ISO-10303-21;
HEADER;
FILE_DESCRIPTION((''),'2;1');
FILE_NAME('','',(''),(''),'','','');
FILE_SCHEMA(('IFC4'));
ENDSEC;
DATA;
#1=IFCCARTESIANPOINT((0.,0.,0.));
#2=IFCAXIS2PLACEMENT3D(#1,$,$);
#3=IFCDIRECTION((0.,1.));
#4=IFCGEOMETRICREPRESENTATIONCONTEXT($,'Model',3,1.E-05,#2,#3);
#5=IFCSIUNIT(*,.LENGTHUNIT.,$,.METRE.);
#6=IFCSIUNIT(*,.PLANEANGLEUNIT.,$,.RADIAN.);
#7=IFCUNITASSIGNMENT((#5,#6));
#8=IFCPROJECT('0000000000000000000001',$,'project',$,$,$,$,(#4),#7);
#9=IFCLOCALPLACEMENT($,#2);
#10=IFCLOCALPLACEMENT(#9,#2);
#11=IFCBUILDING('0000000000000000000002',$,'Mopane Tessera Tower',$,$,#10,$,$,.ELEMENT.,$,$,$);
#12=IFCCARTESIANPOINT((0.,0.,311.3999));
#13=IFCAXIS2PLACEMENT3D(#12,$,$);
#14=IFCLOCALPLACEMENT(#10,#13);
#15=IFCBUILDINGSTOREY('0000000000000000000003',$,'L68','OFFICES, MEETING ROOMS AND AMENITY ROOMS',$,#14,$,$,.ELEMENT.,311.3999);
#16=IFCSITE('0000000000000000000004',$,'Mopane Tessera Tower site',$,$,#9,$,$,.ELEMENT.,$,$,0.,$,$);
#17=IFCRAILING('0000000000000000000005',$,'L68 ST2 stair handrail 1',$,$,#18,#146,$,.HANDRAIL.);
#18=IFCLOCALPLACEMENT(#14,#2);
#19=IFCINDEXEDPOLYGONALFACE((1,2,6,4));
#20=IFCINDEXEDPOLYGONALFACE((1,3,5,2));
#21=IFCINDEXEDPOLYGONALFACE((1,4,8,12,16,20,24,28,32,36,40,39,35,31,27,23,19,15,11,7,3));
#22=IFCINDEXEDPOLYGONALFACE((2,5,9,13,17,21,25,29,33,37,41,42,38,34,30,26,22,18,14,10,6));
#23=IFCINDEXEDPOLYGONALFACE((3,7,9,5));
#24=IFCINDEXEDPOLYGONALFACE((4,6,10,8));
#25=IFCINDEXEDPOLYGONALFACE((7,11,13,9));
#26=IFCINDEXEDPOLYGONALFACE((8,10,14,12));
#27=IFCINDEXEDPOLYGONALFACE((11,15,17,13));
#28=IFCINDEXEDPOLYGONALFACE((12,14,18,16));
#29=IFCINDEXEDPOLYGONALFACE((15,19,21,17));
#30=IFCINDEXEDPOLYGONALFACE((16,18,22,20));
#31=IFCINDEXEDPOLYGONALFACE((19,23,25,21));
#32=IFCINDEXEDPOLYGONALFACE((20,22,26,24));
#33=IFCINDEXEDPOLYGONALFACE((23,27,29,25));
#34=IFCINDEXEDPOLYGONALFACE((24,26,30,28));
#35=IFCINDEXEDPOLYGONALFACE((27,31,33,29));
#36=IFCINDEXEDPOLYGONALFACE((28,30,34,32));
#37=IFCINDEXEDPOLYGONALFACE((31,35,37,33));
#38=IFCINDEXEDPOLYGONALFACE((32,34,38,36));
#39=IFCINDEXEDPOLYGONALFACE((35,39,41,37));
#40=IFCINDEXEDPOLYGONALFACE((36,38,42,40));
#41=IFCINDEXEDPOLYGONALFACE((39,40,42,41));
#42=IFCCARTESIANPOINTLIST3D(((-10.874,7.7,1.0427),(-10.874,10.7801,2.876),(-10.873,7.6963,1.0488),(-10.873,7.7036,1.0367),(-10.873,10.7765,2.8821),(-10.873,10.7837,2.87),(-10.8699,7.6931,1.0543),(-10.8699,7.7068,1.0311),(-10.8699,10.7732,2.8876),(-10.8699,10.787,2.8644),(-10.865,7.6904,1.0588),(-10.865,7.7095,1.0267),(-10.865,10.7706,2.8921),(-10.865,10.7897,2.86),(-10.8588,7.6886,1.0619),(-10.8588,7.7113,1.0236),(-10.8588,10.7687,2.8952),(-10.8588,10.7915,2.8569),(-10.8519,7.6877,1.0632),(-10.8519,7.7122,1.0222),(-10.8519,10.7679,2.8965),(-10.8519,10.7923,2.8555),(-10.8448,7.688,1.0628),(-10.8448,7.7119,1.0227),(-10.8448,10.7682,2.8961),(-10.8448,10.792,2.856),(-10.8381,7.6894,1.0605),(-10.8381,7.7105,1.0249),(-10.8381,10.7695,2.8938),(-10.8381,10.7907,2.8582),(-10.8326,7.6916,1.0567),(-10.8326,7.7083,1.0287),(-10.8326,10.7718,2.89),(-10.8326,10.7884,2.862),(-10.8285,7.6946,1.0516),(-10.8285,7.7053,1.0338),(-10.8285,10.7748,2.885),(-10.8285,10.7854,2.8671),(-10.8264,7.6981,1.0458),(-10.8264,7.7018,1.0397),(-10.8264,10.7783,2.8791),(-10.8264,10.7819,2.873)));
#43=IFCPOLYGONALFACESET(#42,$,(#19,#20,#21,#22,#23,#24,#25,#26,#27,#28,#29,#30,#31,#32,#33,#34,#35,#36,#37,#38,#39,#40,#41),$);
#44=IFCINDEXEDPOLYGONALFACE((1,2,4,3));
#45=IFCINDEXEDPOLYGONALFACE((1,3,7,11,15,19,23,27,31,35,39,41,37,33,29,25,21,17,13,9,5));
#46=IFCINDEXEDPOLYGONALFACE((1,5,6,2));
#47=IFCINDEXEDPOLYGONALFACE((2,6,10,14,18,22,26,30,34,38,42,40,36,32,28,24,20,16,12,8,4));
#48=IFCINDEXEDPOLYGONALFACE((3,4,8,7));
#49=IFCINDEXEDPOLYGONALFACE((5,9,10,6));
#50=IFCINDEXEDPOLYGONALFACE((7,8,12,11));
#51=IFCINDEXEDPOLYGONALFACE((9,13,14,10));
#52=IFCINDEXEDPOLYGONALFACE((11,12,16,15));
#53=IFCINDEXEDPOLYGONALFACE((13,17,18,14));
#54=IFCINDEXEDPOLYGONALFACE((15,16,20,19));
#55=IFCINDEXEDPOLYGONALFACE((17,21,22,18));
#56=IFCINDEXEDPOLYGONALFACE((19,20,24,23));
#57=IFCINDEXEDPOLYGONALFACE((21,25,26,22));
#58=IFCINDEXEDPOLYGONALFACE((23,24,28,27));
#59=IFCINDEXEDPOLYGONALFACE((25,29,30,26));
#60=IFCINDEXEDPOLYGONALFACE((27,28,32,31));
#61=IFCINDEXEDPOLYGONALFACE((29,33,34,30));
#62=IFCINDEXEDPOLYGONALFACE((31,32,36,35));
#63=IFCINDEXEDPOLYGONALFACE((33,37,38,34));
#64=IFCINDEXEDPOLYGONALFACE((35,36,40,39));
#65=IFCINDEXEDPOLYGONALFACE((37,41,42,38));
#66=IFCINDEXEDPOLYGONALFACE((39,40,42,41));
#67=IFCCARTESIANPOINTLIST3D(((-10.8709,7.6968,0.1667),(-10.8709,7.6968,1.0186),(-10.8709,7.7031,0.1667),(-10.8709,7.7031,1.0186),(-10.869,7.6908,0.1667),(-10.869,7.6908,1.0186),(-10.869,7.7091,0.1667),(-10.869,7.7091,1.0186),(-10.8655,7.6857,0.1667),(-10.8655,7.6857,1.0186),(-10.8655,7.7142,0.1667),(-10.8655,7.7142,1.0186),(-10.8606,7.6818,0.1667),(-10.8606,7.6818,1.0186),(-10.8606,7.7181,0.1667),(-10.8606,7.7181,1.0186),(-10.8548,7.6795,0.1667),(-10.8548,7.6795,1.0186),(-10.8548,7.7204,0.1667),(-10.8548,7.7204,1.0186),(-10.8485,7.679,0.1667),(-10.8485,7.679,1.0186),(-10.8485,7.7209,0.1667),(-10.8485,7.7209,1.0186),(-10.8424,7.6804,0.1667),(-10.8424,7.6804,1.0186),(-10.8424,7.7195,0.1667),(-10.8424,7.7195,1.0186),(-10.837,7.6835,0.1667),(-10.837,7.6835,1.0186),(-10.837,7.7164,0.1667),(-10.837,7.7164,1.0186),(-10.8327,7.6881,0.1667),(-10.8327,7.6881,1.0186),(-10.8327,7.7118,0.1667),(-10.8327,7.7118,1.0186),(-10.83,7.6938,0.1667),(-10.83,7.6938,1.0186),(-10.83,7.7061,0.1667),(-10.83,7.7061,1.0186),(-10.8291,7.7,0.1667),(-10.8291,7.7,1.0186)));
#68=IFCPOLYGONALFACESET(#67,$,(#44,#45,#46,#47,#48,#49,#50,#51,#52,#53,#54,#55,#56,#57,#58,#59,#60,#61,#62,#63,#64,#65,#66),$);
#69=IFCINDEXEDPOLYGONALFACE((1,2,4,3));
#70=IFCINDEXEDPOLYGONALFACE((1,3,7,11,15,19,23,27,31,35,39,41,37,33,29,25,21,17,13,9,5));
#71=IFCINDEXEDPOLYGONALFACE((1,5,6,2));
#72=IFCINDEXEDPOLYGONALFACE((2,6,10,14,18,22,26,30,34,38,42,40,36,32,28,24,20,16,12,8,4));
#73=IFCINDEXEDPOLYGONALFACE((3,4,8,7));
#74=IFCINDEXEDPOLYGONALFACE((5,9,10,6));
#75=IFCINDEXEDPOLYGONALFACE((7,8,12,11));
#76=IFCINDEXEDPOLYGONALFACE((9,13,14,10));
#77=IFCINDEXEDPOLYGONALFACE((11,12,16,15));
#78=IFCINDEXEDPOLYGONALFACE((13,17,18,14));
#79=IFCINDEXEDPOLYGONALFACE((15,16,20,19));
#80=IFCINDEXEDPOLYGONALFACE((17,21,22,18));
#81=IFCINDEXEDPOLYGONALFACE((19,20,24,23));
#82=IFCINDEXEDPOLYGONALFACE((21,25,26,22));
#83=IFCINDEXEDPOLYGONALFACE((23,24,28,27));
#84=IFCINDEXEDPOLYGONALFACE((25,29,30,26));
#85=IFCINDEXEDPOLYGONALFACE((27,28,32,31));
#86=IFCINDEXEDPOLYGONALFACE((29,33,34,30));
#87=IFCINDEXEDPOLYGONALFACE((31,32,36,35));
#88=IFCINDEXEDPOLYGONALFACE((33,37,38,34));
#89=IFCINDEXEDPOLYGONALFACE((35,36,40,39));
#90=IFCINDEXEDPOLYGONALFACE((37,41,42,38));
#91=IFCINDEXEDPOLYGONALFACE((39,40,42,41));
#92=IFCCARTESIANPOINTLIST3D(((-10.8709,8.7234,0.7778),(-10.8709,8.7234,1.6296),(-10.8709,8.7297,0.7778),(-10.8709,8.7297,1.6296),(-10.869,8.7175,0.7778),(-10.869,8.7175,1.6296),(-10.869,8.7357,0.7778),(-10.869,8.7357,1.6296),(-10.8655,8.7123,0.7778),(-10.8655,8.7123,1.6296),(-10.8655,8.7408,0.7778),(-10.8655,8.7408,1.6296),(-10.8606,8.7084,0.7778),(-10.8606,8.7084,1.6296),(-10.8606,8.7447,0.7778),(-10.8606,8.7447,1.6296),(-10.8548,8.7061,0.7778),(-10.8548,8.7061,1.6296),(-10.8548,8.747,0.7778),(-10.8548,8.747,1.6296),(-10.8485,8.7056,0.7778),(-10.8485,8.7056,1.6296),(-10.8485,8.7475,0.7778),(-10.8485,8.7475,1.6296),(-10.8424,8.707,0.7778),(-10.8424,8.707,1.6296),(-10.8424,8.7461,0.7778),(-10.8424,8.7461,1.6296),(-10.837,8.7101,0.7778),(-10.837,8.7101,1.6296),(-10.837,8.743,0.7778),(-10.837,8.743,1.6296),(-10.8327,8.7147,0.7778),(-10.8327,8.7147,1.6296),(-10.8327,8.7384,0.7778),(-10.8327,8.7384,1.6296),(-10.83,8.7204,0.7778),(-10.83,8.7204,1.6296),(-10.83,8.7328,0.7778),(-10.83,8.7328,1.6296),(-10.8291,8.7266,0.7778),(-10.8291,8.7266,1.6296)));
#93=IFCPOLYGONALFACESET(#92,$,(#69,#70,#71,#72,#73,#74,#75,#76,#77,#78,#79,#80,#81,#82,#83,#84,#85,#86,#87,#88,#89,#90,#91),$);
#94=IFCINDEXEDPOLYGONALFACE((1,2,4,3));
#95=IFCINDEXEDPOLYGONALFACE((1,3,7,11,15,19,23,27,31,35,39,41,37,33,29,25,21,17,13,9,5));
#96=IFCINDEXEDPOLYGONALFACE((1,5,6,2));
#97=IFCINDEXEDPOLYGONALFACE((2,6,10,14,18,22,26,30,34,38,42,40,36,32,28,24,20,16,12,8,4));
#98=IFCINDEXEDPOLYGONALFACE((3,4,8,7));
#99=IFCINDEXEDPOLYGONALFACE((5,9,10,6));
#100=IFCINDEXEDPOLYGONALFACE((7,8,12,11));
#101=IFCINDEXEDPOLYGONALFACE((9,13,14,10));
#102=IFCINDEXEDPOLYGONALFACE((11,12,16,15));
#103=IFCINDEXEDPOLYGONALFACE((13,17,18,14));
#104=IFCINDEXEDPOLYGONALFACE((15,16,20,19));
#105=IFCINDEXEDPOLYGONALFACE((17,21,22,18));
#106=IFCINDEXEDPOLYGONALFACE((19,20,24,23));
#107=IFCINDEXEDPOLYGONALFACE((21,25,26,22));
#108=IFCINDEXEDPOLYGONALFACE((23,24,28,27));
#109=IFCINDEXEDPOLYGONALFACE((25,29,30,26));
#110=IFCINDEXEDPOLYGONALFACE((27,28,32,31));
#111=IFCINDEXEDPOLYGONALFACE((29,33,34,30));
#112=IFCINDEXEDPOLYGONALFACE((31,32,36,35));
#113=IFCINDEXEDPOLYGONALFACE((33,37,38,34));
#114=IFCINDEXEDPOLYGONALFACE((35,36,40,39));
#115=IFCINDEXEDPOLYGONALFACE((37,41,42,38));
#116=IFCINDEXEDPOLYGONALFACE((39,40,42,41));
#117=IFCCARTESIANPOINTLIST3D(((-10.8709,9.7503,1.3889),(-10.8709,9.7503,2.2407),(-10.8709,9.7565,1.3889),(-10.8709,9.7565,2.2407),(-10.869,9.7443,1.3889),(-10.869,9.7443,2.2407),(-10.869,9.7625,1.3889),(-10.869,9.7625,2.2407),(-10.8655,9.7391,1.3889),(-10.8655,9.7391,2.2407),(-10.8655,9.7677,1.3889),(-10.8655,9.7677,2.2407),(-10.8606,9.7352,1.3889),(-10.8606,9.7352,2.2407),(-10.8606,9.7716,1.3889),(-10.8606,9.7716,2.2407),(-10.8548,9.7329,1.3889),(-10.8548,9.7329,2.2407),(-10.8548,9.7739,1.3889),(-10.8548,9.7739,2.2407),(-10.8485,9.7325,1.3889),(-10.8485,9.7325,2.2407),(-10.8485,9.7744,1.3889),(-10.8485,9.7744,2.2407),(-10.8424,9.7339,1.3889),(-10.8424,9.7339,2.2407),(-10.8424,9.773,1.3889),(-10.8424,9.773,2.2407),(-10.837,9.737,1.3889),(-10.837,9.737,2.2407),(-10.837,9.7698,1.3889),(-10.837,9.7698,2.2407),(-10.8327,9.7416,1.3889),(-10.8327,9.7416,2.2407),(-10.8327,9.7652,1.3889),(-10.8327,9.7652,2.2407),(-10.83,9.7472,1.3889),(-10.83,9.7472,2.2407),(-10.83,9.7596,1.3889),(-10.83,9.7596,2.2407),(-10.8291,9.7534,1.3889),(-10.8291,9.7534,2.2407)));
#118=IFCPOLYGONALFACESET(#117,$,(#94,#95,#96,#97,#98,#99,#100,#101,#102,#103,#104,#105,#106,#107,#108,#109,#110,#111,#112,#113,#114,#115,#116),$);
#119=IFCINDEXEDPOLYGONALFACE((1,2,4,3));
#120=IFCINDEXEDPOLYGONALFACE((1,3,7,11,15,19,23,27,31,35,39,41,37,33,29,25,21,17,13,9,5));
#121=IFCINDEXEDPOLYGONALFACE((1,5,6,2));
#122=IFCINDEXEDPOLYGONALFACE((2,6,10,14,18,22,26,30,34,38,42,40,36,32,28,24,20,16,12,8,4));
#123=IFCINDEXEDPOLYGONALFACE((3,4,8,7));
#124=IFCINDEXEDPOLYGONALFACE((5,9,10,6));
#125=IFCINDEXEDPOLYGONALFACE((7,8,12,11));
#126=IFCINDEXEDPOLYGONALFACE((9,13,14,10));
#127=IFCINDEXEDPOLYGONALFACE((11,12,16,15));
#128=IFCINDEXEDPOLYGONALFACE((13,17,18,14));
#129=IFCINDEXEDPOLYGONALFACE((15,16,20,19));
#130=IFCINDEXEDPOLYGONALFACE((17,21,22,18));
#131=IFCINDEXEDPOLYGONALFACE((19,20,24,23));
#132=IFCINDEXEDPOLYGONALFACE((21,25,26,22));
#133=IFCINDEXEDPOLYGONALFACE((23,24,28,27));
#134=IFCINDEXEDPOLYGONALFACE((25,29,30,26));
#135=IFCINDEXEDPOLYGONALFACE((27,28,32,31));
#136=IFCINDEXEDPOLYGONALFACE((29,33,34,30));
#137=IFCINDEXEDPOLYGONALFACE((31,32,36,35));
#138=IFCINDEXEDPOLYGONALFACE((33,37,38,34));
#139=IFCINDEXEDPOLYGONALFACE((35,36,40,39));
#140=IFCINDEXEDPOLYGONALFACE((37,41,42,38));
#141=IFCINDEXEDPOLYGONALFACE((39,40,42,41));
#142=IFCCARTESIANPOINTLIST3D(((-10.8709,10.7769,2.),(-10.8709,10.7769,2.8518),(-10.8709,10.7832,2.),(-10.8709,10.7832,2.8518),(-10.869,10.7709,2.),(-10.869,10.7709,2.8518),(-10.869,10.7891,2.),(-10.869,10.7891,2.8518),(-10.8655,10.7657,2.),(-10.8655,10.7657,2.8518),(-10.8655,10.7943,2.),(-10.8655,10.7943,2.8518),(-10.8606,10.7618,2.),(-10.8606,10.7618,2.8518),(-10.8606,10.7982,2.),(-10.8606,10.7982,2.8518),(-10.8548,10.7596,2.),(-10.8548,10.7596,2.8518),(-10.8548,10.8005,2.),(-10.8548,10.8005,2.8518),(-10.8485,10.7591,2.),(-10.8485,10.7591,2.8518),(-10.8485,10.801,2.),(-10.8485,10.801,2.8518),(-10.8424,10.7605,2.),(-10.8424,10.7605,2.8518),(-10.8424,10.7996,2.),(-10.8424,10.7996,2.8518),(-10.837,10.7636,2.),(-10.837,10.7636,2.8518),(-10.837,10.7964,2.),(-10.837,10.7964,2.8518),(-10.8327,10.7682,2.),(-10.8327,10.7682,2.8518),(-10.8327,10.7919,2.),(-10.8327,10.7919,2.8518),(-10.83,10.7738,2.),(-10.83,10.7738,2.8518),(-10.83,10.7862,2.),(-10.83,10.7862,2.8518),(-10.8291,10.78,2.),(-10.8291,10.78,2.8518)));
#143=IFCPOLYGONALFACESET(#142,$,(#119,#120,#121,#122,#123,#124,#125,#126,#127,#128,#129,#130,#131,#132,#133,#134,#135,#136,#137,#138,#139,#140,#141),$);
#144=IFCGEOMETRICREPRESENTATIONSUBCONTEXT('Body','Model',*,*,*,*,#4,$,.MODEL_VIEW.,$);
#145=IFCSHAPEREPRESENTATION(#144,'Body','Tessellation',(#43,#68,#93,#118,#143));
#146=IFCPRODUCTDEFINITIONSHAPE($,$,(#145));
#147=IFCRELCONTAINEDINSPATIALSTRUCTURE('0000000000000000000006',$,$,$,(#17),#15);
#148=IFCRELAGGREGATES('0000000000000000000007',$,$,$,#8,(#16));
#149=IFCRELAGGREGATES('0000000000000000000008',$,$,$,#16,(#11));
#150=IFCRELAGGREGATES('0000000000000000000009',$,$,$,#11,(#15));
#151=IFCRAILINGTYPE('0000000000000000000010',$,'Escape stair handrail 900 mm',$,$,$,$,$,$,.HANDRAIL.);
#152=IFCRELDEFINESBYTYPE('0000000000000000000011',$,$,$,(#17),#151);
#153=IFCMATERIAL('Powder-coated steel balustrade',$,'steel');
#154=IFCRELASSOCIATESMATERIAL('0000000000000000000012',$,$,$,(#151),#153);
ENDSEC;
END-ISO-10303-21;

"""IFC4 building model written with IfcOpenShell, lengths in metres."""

from ifc_helpers import new_model, si_unit, direction, frame, origin, origin_2d, place, context, subcontext, project, spatial, circle, extrude, material, type_object, element, save


model = new_model("IFC4")

# Units and contexts
model_context = context("Model", 3, precision=1e-05, world=origin(), true_north=direction((0.0, 1.0)))
body_context = subcontext(model_context, "Body", "Model", "MODEL_VIEW")
ifc_project = project(units=[si_unit("LENGTHUNIT", "METRE"), si_unit("PLANEANGLEUNIT", "RADIAN")], contexts=[model_context])

# Site, building, storey
site_placement = place(None, origin())
site = spatial("IfcSite", under=ifc_project, at=site_placement, Name="Mopane Tessera Tower site", CompositionType="ELEMENT", RefElevation=0.0)
building_placement = place(site_placement, origin())
building = spatial("IfcBuilding", under=site, at=building_placement, Name="Mopane Tessera Tower", CompositionType="ELEMENT")
storey_placement = place(building_placement, frame((0.0, 0.0, 311.3999)))
storey = spatial("IfcBuildingStorey", under=building, at=storey_placement, Name="L68", Description="OFFICES, MEETING ROOMS AND AMENITY ROOMS", CompositionType="ELEMENT", Elevation=311.3999)

# Railing
ifc_material_1 = material(Name="Powder-coated steel balustrade", Category="steel")
railing_type_1 = type_object("IfcRailingType", Name="Escape stair handrail 900 mm", PredefinedType="HANDRAIL", material=ifc_material_1)
railing_1_placement = place(storey_placement, frame((-10.8501, 7.7, 0.1667)))
element("IfcRailing", 1, at=railing_1_placement, inside=storey, type_object=railing_type_1, Name="L68 ST2 stair handrail 1", PredefinedType="HANDRAIL", context=body_context, shape_type="SweptSolid", body=[
    extrude(circle(Radius=0.0239, at=origin_2d()), frame((0.0, 0.0, 0.876), z_axis=(0.0, 0.859309, 0.511458), x_axis=(-1.0, 0.0, 0.0)), (0.0, 0.0, 1.0), 3.5845),
    extrude(circle(Radius=0.021, at=origin_2d()), origin(), (0.0, 0.0, 1.0), 0.8518),
    extrude(circle(Radius=0.021, at=origin_2d()), frame((0.0, 1.0266, 0.6111)), (0.0, 0.0, 1.0), 0.8518),
    extrude(circle(Radius=0.021, at=origin_2d()), frame((0.0, 2.0535, 1.2222)), (0.0, 0.0, 1.0), 0.8518),
    extrude(circle(Radius=0.021, at=origin_2d()), frame((0.0, 3.0801, 1.8333)), (0.0, 0.0, 1.0), 0.8518),
])

save(model, "model.ifc")
